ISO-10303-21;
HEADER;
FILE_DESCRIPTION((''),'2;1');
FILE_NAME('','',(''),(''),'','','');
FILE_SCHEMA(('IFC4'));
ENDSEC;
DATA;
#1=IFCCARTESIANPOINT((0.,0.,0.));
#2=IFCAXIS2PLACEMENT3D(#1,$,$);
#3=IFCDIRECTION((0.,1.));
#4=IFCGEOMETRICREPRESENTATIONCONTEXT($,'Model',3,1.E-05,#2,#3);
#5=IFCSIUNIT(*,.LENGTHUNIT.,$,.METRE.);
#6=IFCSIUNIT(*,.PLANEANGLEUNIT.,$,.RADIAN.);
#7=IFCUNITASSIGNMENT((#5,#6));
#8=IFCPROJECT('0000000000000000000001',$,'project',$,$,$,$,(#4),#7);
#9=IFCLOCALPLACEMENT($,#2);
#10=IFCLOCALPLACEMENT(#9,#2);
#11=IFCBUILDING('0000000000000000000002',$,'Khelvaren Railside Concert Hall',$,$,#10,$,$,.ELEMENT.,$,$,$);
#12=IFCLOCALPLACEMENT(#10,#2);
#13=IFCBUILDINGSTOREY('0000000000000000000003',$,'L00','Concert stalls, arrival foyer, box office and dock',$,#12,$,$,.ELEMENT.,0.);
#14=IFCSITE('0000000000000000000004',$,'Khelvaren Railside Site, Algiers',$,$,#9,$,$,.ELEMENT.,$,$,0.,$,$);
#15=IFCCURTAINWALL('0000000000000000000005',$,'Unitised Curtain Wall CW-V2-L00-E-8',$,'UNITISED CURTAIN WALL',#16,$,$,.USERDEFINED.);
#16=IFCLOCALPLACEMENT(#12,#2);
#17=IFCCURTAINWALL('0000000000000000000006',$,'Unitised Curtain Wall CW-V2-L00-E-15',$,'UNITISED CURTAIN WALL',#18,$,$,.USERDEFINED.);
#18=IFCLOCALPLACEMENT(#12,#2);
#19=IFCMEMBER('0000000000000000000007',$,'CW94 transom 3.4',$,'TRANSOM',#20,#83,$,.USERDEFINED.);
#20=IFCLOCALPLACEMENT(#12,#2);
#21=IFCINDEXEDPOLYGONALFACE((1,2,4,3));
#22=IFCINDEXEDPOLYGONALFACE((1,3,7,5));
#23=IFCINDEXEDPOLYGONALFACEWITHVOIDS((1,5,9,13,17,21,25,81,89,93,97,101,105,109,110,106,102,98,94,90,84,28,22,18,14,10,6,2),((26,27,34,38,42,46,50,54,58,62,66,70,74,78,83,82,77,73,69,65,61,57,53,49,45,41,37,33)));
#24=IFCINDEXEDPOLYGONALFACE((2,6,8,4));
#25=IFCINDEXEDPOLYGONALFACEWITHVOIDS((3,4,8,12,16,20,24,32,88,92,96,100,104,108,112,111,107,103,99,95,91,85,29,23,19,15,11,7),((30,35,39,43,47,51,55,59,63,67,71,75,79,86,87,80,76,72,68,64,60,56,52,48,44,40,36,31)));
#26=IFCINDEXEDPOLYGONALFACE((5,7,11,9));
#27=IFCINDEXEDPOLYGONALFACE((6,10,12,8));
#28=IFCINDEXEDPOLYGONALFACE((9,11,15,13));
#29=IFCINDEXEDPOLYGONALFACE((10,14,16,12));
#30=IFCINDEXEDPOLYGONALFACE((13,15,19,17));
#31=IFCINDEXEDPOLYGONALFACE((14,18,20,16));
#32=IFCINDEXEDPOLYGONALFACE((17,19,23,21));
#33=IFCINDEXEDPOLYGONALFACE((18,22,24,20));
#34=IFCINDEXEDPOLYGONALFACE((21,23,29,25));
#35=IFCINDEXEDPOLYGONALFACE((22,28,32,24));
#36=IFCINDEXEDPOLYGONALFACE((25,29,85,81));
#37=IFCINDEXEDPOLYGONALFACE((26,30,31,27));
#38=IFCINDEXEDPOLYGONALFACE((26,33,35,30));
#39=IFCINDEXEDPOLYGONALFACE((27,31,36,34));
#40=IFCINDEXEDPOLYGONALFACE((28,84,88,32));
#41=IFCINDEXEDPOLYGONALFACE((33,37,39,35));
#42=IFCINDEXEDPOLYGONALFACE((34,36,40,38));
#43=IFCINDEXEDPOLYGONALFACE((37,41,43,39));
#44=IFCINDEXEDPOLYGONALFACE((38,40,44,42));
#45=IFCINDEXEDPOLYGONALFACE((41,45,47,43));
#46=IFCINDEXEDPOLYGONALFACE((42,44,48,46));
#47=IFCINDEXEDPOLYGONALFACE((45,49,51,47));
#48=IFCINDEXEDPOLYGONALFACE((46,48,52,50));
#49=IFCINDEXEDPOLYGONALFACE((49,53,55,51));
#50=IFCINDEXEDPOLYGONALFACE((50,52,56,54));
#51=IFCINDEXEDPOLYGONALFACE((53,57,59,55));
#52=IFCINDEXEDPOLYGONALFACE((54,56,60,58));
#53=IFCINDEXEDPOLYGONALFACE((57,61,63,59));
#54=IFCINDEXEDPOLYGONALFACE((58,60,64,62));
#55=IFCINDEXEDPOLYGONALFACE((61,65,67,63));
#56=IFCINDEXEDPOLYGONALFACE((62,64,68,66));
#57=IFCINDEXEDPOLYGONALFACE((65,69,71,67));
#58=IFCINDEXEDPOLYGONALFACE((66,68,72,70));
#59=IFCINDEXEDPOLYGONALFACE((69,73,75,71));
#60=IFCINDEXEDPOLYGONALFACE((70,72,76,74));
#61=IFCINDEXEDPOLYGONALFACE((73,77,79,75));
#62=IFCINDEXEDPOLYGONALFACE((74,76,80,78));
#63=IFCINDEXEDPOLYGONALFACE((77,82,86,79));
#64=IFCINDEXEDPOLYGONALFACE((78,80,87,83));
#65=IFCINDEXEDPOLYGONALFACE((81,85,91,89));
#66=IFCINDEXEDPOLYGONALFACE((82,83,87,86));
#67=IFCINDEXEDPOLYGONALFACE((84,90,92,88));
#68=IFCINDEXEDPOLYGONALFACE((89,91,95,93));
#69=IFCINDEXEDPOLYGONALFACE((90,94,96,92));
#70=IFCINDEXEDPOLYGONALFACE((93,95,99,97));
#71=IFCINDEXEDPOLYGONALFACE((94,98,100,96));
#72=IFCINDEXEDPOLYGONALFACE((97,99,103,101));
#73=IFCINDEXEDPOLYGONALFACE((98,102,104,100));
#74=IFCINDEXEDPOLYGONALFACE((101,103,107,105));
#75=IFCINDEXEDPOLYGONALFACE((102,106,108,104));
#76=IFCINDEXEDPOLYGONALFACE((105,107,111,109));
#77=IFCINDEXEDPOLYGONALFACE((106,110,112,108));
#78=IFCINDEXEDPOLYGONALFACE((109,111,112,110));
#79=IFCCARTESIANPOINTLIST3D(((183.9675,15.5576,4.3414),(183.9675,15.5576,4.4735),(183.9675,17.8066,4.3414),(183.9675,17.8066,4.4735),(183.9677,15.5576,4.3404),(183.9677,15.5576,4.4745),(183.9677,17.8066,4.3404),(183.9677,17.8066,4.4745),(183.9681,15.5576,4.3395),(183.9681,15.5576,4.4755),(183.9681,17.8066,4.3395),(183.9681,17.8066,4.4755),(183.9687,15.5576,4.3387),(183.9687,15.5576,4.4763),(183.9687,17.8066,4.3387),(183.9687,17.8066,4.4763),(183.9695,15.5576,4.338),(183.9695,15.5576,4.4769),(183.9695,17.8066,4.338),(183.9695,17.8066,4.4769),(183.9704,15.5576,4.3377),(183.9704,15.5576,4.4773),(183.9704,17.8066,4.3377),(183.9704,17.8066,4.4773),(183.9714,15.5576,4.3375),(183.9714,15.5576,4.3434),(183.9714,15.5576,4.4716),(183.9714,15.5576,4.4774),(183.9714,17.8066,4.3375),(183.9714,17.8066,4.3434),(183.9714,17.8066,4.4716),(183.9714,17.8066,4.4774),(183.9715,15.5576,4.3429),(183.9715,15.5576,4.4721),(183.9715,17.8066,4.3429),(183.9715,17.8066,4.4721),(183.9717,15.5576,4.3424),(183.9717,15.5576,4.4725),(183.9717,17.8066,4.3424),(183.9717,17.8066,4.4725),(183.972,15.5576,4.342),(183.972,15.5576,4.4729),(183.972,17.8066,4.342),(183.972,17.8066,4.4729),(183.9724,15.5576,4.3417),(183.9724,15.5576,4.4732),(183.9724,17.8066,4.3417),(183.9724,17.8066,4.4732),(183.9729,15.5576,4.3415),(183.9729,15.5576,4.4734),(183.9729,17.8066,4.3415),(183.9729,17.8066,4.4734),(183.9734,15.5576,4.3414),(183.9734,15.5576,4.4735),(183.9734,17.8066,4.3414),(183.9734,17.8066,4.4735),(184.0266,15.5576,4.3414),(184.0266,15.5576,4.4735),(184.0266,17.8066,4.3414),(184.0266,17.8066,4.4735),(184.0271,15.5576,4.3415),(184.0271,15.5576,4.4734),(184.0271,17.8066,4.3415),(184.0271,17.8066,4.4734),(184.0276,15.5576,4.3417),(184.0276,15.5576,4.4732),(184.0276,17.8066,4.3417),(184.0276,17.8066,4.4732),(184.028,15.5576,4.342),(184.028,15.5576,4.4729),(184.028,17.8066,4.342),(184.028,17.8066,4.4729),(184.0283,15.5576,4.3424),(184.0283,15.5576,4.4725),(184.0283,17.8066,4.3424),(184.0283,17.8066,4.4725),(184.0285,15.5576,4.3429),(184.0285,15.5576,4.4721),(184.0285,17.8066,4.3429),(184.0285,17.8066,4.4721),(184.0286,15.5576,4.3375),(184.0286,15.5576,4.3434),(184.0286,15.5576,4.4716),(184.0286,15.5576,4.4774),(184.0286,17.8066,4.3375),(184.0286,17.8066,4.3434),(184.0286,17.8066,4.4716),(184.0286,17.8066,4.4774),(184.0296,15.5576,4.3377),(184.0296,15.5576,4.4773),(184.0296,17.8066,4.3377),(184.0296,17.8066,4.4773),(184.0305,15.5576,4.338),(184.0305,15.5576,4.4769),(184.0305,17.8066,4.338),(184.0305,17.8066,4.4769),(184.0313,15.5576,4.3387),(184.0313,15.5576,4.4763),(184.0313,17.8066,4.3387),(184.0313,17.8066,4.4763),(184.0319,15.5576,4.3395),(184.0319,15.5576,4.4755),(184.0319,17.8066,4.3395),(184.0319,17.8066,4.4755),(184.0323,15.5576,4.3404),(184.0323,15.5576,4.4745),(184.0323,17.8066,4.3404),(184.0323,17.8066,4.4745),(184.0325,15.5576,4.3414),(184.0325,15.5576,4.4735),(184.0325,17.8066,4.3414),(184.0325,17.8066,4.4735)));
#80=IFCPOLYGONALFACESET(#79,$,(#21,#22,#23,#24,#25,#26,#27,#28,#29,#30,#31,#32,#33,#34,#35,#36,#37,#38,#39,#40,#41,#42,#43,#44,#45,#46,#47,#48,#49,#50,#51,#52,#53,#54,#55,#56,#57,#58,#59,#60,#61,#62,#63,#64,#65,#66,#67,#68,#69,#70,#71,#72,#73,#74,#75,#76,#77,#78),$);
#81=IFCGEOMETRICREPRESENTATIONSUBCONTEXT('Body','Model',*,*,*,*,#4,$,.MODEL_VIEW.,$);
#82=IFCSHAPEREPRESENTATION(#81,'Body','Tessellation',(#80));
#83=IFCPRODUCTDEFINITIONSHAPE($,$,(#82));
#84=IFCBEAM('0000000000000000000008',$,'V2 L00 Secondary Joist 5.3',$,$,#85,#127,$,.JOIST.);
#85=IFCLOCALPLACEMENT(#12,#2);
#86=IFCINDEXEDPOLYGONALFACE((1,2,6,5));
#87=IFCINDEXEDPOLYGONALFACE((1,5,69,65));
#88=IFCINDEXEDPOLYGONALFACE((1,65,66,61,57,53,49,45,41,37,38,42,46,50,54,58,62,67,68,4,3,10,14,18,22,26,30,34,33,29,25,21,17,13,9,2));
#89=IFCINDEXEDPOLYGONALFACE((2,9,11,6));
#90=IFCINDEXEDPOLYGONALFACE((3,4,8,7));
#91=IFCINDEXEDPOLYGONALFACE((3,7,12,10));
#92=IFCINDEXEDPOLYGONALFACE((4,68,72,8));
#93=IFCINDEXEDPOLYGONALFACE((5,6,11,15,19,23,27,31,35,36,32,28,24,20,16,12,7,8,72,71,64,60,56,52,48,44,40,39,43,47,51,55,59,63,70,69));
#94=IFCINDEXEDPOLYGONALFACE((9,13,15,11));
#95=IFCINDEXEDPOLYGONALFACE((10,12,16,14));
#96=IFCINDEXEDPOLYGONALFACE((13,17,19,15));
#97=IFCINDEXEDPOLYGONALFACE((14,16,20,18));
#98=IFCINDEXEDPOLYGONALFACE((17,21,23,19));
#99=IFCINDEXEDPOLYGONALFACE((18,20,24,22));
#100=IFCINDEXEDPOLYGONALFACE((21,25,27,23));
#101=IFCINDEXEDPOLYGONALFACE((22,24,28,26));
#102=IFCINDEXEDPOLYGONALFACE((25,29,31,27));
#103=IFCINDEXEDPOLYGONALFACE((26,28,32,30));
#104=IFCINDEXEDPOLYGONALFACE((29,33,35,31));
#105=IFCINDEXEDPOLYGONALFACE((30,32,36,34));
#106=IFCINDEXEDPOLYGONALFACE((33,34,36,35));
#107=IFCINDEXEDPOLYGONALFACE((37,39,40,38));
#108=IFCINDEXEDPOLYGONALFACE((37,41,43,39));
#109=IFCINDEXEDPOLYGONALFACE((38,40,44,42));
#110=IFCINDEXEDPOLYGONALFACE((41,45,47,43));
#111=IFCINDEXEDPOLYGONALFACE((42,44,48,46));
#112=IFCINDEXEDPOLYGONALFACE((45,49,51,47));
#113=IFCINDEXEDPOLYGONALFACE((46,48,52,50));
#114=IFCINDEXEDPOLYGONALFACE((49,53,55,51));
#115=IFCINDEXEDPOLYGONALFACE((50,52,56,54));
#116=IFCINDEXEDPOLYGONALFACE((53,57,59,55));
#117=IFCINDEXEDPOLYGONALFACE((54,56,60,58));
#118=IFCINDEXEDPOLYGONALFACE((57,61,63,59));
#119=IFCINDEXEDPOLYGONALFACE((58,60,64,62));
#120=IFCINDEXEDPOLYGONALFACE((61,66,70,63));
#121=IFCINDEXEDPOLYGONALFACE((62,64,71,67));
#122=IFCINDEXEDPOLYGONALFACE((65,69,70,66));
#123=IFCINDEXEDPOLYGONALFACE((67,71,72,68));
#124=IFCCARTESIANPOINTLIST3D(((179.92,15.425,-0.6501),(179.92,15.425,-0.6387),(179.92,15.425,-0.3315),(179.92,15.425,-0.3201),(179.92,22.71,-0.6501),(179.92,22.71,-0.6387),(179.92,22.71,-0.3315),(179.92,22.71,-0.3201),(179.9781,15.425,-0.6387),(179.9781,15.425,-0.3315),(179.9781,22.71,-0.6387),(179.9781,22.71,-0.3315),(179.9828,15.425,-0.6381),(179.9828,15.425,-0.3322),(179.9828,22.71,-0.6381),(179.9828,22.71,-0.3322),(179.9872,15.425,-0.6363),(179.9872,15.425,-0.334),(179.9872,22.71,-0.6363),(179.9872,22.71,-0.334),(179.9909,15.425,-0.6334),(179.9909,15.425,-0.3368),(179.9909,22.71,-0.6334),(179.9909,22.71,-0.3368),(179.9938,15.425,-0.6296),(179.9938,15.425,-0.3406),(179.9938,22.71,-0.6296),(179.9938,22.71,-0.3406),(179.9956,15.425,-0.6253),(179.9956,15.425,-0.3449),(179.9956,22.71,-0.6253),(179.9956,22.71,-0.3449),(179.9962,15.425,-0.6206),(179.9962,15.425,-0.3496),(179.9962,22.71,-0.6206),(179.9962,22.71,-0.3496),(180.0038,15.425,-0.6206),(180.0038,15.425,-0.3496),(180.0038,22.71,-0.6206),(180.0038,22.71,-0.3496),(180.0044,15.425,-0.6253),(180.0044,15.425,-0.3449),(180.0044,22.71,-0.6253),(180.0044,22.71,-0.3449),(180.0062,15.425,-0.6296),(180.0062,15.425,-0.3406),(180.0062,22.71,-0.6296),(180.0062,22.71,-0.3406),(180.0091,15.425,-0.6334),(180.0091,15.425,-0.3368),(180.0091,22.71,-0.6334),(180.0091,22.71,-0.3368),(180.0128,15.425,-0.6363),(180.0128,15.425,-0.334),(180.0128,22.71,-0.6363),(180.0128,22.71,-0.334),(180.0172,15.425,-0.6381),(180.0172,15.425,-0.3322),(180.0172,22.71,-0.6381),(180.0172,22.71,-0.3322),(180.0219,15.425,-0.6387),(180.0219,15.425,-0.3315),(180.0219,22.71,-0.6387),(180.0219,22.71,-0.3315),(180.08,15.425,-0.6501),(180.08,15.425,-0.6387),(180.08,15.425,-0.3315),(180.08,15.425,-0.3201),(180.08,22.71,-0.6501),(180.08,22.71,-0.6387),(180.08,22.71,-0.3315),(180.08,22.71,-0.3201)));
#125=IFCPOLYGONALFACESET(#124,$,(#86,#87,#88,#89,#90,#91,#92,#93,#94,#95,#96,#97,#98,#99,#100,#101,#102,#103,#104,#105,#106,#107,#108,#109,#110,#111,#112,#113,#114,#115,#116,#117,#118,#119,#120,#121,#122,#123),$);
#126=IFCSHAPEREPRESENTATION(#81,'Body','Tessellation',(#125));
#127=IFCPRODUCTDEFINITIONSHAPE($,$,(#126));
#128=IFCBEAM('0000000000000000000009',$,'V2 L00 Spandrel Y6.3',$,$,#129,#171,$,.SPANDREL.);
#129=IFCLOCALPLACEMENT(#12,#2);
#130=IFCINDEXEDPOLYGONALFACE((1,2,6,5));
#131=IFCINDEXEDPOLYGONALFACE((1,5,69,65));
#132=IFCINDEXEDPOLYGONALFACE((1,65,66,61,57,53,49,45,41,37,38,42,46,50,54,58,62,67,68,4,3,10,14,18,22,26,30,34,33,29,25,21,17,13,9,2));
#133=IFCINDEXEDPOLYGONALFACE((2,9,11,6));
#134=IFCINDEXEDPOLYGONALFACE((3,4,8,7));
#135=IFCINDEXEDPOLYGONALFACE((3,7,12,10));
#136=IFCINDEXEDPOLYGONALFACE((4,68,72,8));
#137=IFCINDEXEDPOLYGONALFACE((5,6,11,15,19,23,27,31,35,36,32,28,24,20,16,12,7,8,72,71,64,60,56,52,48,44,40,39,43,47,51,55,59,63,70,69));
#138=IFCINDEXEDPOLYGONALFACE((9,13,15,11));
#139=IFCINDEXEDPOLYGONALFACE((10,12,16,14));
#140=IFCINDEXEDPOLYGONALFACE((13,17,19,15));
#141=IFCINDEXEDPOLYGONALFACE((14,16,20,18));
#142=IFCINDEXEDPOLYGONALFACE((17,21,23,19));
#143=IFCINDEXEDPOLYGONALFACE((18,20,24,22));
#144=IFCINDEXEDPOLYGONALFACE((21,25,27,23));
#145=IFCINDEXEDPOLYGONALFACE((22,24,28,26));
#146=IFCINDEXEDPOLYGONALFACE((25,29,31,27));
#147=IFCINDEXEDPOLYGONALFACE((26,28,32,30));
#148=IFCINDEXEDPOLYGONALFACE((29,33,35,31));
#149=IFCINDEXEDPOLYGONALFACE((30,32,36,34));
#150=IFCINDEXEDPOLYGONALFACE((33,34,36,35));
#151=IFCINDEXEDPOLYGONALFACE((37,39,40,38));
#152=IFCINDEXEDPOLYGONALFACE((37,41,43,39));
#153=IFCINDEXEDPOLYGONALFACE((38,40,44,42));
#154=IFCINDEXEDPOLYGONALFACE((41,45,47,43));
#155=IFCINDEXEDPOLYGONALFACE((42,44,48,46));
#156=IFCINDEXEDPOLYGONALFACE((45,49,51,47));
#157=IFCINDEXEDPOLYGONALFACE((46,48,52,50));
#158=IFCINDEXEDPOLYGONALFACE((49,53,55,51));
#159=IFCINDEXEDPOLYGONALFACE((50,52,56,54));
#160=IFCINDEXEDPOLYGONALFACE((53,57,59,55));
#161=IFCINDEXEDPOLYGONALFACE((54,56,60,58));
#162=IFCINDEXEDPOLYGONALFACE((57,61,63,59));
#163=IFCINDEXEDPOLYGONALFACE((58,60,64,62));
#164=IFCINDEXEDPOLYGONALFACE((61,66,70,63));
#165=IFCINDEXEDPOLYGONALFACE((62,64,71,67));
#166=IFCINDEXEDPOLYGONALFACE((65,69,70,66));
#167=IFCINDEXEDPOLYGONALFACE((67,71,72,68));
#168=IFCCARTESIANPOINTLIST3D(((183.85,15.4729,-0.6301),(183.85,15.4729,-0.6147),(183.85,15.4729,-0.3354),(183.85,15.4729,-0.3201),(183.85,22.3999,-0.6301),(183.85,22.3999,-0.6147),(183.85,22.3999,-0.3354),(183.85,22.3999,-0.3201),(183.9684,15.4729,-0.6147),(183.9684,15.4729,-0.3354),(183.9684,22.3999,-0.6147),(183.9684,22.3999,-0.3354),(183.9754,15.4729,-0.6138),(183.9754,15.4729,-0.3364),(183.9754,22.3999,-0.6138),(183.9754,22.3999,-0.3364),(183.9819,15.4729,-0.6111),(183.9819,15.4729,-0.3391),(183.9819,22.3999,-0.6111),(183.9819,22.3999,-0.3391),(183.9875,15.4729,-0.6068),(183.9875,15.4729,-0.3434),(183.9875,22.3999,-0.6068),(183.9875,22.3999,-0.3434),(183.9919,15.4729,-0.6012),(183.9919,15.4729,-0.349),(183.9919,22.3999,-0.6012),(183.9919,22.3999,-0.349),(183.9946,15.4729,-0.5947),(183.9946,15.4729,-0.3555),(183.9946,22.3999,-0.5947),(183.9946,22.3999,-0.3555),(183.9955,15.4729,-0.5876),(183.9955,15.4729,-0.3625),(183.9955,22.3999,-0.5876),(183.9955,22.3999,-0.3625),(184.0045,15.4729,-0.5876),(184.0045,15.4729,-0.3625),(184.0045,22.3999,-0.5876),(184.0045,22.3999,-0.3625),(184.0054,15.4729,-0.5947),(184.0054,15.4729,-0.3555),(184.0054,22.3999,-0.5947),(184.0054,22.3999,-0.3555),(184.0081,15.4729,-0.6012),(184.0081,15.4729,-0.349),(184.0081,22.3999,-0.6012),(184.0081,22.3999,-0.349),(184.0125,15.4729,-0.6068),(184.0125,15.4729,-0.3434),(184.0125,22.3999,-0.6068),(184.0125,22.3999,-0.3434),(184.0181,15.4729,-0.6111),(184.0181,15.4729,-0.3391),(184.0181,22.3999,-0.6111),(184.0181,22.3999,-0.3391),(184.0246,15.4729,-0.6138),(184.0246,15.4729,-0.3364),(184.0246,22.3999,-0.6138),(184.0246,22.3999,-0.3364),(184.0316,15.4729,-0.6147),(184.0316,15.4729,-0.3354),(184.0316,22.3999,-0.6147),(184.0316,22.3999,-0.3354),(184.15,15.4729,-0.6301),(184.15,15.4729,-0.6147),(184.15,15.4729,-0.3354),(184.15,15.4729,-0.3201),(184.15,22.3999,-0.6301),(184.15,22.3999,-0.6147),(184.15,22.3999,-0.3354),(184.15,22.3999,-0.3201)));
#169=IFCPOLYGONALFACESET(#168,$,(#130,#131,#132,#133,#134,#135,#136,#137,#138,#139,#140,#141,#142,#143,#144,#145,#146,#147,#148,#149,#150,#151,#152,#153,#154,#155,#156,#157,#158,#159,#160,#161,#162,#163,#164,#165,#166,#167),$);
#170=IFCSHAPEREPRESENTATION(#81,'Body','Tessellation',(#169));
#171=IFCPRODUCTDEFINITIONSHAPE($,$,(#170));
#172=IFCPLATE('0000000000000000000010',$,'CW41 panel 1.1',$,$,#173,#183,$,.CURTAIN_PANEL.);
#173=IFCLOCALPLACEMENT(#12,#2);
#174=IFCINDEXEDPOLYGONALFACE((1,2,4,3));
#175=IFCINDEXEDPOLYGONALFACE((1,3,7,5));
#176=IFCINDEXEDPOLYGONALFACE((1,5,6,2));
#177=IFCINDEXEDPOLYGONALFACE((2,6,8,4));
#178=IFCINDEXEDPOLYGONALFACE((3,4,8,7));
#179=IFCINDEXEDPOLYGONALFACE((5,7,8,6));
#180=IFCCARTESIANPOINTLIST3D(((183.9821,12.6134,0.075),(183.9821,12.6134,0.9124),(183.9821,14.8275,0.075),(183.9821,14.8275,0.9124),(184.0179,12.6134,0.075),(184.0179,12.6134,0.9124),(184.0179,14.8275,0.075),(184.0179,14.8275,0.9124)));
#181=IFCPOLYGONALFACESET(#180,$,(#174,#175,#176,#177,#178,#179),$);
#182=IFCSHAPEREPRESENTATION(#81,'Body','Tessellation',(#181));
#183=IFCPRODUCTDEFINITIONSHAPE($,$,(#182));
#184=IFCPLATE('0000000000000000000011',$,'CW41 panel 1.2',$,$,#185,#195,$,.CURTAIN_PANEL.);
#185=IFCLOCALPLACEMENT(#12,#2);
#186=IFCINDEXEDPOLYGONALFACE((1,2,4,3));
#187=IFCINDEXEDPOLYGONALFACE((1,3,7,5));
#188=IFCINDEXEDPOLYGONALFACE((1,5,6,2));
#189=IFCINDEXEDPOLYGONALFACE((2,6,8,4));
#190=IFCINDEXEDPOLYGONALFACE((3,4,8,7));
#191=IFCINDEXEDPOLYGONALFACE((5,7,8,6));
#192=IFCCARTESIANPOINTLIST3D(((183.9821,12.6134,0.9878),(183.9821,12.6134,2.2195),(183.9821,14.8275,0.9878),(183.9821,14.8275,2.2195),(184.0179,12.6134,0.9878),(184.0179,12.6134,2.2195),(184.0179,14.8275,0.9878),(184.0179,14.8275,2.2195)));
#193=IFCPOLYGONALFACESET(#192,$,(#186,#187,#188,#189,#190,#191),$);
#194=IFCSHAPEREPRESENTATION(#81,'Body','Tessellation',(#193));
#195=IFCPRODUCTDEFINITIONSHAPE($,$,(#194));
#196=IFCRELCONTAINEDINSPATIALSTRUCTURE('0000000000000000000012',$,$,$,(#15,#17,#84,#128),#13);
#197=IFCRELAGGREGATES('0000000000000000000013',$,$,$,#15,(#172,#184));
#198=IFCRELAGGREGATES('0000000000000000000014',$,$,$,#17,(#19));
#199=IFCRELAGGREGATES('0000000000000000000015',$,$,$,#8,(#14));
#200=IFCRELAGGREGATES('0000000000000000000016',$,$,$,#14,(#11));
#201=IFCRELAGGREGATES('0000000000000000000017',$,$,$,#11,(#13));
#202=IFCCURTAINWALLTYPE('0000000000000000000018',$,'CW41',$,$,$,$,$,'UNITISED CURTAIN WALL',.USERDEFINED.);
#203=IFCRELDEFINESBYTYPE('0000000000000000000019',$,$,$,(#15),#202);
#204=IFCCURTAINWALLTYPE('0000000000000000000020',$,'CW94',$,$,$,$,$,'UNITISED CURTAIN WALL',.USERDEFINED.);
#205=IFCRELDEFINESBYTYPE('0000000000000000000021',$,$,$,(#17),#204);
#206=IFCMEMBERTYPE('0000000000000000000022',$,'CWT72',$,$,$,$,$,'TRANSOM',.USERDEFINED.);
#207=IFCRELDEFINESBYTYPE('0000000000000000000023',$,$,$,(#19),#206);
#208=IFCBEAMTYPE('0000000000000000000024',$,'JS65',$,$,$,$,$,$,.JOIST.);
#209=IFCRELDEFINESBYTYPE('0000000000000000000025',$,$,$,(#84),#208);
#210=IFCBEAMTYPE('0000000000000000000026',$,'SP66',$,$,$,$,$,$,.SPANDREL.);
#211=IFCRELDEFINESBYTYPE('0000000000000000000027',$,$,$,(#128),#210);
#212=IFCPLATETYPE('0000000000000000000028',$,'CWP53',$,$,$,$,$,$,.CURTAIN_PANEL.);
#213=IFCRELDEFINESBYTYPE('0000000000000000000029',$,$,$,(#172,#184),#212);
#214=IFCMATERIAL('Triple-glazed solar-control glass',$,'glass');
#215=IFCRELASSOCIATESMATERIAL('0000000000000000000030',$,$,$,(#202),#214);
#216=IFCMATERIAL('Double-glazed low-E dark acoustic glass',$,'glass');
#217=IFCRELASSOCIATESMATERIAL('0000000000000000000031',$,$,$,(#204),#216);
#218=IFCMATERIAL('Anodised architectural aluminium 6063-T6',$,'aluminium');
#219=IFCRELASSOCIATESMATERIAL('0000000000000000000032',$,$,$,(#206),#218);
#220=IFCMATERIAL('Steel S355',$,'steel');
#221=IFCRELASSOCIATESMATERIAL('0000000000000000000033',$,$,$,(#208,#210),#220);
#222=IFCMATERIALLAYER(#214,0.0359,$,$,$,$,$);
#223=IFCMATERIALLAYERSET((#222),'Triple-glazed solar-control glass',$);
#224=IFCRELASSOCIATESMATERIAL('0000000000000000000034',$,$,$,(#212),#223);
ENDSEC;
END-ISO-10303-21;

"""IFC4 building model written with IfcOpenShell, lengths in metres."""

from ifc_helpers import new_model, si_unit, direction, frame, origin, origin_2d, place, context, subcontext, project, spatial, rectangle, hollow_rectangle, i_section, extrude, material, layer, layer_set, material_profile, profile_set, type_object, element, aggregate, save


model = new_model("IFC4")

# Units and contexts
model_context = context("Model", 3, precision=1e-05, world=origin(), true_north=direction((0.0, 1.0)))
body_context = subcontext(model_context, "Body", "Model", "MODEL_VIEW")
ifc_project = project(units=[si_unit("LENGTHUNIT", "METRE"), si_unit("PLANEANGLEUNIT", "RADIAN")], contexts=[model_context])

# Site, building, storey
site_placement = place(None, origin())
site = spatial("IfcSite", under=ifc_project, at=site_placement, Name="Khelvaren Railside Site, Algiers", CompositionType="ELEMENT", RefElevation=0.0)
building_placement = place(site_placement, origin())
building = spatial("IfcBuilding", under=site, at=building_placement, Name="Khelvaren Railside Concert Hall", CompositionType="ELEMENT")
storey_placement = place(building_placement, origin())
storey = spatial("IfcBuildingStorey", under=building, at=storey_placement, Name="L00", Description="Concert stalls, arrival foyer, box office and dock", CompositionType="ELEMENT", Elevation=0.0)

# Shared definitions
ifc_material_1 = material(Name="Steel S355", Category="steel")

# Curtain wall
ifc_material_2 = material(Name="Triple-glazed solar-control glass", Category="glass")
curtain_wall_type_1 = type_object("IfcCurtainWallType", Name="CW41", ElementType="UNITISED CURTAIN WALL", PredefinedType="USERDEFINED", material=ifc_material_2)
curtain_wall_1_placement = place(storey_placement, origin())
curtain_wall_1 = element("IfcCurtainWall", 1, at=curtain_wall_1_placement, inside=storey, type_object=curtain_wall_type_1, Name="Unitised Curtain Wall CW-V2-L00-E-8", ObjectType="UNITISED CURTAIN WALL", PredefinedType="USERDEFINED")
ifc_material_3 = material(Name="Anodised architectural aluminium 6063-T6", Category="aluminium")

# Curtain wall
ifc_material_4 = material(Name="Double-glazed low-E dark acoustic glass", Category="glass")
curtain_wall_type_2 = type_object("IfcCurtainWallType", Name="CW94", ElementType="UNITISED CURTAIN WALL", PredefinedType="USERDEFINED", material=ifc_material_4)
curtain_wall_2_placement = place(storey_placement, origin())
curtain_wall_2 = element("IfcCurtainWall", 2, at=curtain_wall_2_placement, inside=storey, type_object=curtain_wall_type_2, Name="Unitised Curtain Wall CW-V2-L00-E-15", ObjectType="UNITISED CURTAIN WALL", PredefinedType="USERDEFINED")

# Member
ifc_material_profile_1 = material_profile(ifc_material_3, hollow_rectangle(XDim=0.0649, YDim=0.1399, WallThickness=0.0039, InnerFilletRadius=0.002, OuterFilletRadius=0.0039, at=origin_2d()), Name="CWT 65x140x4")
ifc_profile_set_1 = profile_set([ifc_material_profile_1], Name="Anodised architectural aluminium 6063-T6")
member_type_1 = type_object("IfcMemberType", Name="CWT72", ElementType="TRANSOM", PredefinedType="USERDEFINED", material=ifc_profile_set_1)
member_1_placement = place(storey_placement, frame((184.0, 17.8066, 4.4075), z_axis=(0.0, -1.0, 0.0), x_axis=(1.0, 0.0, 0.0)))
member_1 = element("IfcMember", 3, at=member_1_placement, type_object=member_type_1, Name="CW94 transom 3.4", ObjectType="TRANSOM", PredefinedType="USERDEFINED", context=body_context, shape_type="SweptSolid", body=[
    extrude(hollow_rectangle(XDim=0.0649, YDim=0.1399, WallThickness=0.0039, InnerFilletRadius=0.002, OuterFilletRadius=0.0039, at=origin_2d()), origin(), (0.0, 0.0, 1.0), 2.249),
])

# Beams
ifc_material_profile_2 = material_profile(ifc_material_1, i_section(OverallWidth=0.1599, OverallDepth=0.3301, WebThickness=0.0076, FlangeThickness=0.0115, FilletRadius=0.0181, at=origin_2d()), Name="IPE 330")
ifc_profile_set_2 = profile_set([ifc_material_profile_2], Name="Steel S355")
beam_type_1 = type_object("IfcBeamType", Name="JS65", PredefinedType="JOIST", material=ifc_profile_set_2)
beam_1_placement = place(storey_placement, frame((180.0, 15.425, -0.4851), z_axis=(0.0, 1.0, 0.0), x_axis=(-1.0, 0.0, 0.0)))
element("IfcBeam", 4, at=beam_1_placement, inside=storey, type_object=beam_type_1, Name="V2 L00 Secondary Joist 5.3", PredefinedType="JOIST", context=body_context, shape_type="SweptSolid", body=[
    extrude(i_section(OverallWidth=0.1599, OverallDepth=0.3301, WebThickness=0.0076, FlangeThickness=0.0115, FilletRadius=0.0181, at=origin_2d()), origin(), (0.0, 0.0, 1.0), 7.2849),
])
ifc_material_profile_3 = material_profile(ifc_material_1, i_section(OverallWidth=0.3, OverallDepth=0.3101, WebThickness=0.009, FlangeThickness=0.0154, FilletRadius=0.0271, at=origin_2d()), Name="HEA 320")
ifc_profile_set_3 = profile_set([ifc_material_profile_3], Name="Steel S355")
beam_type_2 = type_object("IfcBeamType", Name="SP66", PredefinedType="SPANDREL", material=ifc_profile_set_3)
beam_2_placement = place(storey_placement, frame((184.0, 15.4729, -0.4751), z_axis=(0.0, 1.0, 0.0), x_axis=(-1.0, 0.0, 0.0)))
element("IfcBeam", 5, at=beam_2_placement, inside=storey, type_object=beam_type_2, Name="V2 L00 Spandrel Y6.3", PredefinedType="SPANDREL", context=body_context, shape_type="SweptSolid", body=[
    extrude(i_section(OverallWidth=0.3, OverallDepth=0.3101, WebThickness=0.009, FlangeThickness=0.0154, FilletRadius=0.0271, at=origin_2d()), origin(), (0.0, 0.0, 1.0), 6.927),
])

# Plates
ifc_layer_1 = layer(ifc_material_2, 0.0359)
ifc_layer_set_1 = layer_set([ifc_layer_1], Name="Triple-glazed solar-control glass")
plate_type_1 = type_object("IfcPlateType", Name="CWP53", PredefinedType="CURTAIN_PANEL", material=ifc_layer_set_1)
plate_1_placement = place(storey_placement, frame((184.0, 13.7205, 0.075), z_axis=(0.0, 0.0, 1.0), x_axis=(0.0, -1.0, 0.0)))
plate_1 = element("IfcPlate", 6, at=plate_1_placement, type_object=plate_type_1, Name="CW41 panel 1.1", PredefinedType="CURTAIN_PANEL", context=body_context, shape_type="SweptSolid", body=[
    extrude(rectangle(XDim=2.2141, YDim=0.0359, at=origin_2d()), origin(), (0.0, 0.0, 1.0), 0.8374),
])
plate_2_placement = place(storey_placement, frame((184.0, 13.7205, 0.9878), z_axis=(0.0, 0.0, 1.0), x_axis=(0.0, -1.0, 0.0)))
plate_2 = element("IfcPlate", 7, at=plate_2_placement, type_object=plate_type_1, Name="CW41 panel 1.2", PredefinedType="CURTAIN_PANEL", context=body_context, shape_type="SweptSolid", body=[
    extrude(rectangle(XDim=2.2141, YDim=0.0359, at=origin_2d()), origin(), (0.0, 0.0, 1.0), 1.2317),
])
aggregate(curtain_wall_1, [plate_1, plate_2])
aggregate(curtain_wall_2, [member_1])

save(model, "model.ifc")
